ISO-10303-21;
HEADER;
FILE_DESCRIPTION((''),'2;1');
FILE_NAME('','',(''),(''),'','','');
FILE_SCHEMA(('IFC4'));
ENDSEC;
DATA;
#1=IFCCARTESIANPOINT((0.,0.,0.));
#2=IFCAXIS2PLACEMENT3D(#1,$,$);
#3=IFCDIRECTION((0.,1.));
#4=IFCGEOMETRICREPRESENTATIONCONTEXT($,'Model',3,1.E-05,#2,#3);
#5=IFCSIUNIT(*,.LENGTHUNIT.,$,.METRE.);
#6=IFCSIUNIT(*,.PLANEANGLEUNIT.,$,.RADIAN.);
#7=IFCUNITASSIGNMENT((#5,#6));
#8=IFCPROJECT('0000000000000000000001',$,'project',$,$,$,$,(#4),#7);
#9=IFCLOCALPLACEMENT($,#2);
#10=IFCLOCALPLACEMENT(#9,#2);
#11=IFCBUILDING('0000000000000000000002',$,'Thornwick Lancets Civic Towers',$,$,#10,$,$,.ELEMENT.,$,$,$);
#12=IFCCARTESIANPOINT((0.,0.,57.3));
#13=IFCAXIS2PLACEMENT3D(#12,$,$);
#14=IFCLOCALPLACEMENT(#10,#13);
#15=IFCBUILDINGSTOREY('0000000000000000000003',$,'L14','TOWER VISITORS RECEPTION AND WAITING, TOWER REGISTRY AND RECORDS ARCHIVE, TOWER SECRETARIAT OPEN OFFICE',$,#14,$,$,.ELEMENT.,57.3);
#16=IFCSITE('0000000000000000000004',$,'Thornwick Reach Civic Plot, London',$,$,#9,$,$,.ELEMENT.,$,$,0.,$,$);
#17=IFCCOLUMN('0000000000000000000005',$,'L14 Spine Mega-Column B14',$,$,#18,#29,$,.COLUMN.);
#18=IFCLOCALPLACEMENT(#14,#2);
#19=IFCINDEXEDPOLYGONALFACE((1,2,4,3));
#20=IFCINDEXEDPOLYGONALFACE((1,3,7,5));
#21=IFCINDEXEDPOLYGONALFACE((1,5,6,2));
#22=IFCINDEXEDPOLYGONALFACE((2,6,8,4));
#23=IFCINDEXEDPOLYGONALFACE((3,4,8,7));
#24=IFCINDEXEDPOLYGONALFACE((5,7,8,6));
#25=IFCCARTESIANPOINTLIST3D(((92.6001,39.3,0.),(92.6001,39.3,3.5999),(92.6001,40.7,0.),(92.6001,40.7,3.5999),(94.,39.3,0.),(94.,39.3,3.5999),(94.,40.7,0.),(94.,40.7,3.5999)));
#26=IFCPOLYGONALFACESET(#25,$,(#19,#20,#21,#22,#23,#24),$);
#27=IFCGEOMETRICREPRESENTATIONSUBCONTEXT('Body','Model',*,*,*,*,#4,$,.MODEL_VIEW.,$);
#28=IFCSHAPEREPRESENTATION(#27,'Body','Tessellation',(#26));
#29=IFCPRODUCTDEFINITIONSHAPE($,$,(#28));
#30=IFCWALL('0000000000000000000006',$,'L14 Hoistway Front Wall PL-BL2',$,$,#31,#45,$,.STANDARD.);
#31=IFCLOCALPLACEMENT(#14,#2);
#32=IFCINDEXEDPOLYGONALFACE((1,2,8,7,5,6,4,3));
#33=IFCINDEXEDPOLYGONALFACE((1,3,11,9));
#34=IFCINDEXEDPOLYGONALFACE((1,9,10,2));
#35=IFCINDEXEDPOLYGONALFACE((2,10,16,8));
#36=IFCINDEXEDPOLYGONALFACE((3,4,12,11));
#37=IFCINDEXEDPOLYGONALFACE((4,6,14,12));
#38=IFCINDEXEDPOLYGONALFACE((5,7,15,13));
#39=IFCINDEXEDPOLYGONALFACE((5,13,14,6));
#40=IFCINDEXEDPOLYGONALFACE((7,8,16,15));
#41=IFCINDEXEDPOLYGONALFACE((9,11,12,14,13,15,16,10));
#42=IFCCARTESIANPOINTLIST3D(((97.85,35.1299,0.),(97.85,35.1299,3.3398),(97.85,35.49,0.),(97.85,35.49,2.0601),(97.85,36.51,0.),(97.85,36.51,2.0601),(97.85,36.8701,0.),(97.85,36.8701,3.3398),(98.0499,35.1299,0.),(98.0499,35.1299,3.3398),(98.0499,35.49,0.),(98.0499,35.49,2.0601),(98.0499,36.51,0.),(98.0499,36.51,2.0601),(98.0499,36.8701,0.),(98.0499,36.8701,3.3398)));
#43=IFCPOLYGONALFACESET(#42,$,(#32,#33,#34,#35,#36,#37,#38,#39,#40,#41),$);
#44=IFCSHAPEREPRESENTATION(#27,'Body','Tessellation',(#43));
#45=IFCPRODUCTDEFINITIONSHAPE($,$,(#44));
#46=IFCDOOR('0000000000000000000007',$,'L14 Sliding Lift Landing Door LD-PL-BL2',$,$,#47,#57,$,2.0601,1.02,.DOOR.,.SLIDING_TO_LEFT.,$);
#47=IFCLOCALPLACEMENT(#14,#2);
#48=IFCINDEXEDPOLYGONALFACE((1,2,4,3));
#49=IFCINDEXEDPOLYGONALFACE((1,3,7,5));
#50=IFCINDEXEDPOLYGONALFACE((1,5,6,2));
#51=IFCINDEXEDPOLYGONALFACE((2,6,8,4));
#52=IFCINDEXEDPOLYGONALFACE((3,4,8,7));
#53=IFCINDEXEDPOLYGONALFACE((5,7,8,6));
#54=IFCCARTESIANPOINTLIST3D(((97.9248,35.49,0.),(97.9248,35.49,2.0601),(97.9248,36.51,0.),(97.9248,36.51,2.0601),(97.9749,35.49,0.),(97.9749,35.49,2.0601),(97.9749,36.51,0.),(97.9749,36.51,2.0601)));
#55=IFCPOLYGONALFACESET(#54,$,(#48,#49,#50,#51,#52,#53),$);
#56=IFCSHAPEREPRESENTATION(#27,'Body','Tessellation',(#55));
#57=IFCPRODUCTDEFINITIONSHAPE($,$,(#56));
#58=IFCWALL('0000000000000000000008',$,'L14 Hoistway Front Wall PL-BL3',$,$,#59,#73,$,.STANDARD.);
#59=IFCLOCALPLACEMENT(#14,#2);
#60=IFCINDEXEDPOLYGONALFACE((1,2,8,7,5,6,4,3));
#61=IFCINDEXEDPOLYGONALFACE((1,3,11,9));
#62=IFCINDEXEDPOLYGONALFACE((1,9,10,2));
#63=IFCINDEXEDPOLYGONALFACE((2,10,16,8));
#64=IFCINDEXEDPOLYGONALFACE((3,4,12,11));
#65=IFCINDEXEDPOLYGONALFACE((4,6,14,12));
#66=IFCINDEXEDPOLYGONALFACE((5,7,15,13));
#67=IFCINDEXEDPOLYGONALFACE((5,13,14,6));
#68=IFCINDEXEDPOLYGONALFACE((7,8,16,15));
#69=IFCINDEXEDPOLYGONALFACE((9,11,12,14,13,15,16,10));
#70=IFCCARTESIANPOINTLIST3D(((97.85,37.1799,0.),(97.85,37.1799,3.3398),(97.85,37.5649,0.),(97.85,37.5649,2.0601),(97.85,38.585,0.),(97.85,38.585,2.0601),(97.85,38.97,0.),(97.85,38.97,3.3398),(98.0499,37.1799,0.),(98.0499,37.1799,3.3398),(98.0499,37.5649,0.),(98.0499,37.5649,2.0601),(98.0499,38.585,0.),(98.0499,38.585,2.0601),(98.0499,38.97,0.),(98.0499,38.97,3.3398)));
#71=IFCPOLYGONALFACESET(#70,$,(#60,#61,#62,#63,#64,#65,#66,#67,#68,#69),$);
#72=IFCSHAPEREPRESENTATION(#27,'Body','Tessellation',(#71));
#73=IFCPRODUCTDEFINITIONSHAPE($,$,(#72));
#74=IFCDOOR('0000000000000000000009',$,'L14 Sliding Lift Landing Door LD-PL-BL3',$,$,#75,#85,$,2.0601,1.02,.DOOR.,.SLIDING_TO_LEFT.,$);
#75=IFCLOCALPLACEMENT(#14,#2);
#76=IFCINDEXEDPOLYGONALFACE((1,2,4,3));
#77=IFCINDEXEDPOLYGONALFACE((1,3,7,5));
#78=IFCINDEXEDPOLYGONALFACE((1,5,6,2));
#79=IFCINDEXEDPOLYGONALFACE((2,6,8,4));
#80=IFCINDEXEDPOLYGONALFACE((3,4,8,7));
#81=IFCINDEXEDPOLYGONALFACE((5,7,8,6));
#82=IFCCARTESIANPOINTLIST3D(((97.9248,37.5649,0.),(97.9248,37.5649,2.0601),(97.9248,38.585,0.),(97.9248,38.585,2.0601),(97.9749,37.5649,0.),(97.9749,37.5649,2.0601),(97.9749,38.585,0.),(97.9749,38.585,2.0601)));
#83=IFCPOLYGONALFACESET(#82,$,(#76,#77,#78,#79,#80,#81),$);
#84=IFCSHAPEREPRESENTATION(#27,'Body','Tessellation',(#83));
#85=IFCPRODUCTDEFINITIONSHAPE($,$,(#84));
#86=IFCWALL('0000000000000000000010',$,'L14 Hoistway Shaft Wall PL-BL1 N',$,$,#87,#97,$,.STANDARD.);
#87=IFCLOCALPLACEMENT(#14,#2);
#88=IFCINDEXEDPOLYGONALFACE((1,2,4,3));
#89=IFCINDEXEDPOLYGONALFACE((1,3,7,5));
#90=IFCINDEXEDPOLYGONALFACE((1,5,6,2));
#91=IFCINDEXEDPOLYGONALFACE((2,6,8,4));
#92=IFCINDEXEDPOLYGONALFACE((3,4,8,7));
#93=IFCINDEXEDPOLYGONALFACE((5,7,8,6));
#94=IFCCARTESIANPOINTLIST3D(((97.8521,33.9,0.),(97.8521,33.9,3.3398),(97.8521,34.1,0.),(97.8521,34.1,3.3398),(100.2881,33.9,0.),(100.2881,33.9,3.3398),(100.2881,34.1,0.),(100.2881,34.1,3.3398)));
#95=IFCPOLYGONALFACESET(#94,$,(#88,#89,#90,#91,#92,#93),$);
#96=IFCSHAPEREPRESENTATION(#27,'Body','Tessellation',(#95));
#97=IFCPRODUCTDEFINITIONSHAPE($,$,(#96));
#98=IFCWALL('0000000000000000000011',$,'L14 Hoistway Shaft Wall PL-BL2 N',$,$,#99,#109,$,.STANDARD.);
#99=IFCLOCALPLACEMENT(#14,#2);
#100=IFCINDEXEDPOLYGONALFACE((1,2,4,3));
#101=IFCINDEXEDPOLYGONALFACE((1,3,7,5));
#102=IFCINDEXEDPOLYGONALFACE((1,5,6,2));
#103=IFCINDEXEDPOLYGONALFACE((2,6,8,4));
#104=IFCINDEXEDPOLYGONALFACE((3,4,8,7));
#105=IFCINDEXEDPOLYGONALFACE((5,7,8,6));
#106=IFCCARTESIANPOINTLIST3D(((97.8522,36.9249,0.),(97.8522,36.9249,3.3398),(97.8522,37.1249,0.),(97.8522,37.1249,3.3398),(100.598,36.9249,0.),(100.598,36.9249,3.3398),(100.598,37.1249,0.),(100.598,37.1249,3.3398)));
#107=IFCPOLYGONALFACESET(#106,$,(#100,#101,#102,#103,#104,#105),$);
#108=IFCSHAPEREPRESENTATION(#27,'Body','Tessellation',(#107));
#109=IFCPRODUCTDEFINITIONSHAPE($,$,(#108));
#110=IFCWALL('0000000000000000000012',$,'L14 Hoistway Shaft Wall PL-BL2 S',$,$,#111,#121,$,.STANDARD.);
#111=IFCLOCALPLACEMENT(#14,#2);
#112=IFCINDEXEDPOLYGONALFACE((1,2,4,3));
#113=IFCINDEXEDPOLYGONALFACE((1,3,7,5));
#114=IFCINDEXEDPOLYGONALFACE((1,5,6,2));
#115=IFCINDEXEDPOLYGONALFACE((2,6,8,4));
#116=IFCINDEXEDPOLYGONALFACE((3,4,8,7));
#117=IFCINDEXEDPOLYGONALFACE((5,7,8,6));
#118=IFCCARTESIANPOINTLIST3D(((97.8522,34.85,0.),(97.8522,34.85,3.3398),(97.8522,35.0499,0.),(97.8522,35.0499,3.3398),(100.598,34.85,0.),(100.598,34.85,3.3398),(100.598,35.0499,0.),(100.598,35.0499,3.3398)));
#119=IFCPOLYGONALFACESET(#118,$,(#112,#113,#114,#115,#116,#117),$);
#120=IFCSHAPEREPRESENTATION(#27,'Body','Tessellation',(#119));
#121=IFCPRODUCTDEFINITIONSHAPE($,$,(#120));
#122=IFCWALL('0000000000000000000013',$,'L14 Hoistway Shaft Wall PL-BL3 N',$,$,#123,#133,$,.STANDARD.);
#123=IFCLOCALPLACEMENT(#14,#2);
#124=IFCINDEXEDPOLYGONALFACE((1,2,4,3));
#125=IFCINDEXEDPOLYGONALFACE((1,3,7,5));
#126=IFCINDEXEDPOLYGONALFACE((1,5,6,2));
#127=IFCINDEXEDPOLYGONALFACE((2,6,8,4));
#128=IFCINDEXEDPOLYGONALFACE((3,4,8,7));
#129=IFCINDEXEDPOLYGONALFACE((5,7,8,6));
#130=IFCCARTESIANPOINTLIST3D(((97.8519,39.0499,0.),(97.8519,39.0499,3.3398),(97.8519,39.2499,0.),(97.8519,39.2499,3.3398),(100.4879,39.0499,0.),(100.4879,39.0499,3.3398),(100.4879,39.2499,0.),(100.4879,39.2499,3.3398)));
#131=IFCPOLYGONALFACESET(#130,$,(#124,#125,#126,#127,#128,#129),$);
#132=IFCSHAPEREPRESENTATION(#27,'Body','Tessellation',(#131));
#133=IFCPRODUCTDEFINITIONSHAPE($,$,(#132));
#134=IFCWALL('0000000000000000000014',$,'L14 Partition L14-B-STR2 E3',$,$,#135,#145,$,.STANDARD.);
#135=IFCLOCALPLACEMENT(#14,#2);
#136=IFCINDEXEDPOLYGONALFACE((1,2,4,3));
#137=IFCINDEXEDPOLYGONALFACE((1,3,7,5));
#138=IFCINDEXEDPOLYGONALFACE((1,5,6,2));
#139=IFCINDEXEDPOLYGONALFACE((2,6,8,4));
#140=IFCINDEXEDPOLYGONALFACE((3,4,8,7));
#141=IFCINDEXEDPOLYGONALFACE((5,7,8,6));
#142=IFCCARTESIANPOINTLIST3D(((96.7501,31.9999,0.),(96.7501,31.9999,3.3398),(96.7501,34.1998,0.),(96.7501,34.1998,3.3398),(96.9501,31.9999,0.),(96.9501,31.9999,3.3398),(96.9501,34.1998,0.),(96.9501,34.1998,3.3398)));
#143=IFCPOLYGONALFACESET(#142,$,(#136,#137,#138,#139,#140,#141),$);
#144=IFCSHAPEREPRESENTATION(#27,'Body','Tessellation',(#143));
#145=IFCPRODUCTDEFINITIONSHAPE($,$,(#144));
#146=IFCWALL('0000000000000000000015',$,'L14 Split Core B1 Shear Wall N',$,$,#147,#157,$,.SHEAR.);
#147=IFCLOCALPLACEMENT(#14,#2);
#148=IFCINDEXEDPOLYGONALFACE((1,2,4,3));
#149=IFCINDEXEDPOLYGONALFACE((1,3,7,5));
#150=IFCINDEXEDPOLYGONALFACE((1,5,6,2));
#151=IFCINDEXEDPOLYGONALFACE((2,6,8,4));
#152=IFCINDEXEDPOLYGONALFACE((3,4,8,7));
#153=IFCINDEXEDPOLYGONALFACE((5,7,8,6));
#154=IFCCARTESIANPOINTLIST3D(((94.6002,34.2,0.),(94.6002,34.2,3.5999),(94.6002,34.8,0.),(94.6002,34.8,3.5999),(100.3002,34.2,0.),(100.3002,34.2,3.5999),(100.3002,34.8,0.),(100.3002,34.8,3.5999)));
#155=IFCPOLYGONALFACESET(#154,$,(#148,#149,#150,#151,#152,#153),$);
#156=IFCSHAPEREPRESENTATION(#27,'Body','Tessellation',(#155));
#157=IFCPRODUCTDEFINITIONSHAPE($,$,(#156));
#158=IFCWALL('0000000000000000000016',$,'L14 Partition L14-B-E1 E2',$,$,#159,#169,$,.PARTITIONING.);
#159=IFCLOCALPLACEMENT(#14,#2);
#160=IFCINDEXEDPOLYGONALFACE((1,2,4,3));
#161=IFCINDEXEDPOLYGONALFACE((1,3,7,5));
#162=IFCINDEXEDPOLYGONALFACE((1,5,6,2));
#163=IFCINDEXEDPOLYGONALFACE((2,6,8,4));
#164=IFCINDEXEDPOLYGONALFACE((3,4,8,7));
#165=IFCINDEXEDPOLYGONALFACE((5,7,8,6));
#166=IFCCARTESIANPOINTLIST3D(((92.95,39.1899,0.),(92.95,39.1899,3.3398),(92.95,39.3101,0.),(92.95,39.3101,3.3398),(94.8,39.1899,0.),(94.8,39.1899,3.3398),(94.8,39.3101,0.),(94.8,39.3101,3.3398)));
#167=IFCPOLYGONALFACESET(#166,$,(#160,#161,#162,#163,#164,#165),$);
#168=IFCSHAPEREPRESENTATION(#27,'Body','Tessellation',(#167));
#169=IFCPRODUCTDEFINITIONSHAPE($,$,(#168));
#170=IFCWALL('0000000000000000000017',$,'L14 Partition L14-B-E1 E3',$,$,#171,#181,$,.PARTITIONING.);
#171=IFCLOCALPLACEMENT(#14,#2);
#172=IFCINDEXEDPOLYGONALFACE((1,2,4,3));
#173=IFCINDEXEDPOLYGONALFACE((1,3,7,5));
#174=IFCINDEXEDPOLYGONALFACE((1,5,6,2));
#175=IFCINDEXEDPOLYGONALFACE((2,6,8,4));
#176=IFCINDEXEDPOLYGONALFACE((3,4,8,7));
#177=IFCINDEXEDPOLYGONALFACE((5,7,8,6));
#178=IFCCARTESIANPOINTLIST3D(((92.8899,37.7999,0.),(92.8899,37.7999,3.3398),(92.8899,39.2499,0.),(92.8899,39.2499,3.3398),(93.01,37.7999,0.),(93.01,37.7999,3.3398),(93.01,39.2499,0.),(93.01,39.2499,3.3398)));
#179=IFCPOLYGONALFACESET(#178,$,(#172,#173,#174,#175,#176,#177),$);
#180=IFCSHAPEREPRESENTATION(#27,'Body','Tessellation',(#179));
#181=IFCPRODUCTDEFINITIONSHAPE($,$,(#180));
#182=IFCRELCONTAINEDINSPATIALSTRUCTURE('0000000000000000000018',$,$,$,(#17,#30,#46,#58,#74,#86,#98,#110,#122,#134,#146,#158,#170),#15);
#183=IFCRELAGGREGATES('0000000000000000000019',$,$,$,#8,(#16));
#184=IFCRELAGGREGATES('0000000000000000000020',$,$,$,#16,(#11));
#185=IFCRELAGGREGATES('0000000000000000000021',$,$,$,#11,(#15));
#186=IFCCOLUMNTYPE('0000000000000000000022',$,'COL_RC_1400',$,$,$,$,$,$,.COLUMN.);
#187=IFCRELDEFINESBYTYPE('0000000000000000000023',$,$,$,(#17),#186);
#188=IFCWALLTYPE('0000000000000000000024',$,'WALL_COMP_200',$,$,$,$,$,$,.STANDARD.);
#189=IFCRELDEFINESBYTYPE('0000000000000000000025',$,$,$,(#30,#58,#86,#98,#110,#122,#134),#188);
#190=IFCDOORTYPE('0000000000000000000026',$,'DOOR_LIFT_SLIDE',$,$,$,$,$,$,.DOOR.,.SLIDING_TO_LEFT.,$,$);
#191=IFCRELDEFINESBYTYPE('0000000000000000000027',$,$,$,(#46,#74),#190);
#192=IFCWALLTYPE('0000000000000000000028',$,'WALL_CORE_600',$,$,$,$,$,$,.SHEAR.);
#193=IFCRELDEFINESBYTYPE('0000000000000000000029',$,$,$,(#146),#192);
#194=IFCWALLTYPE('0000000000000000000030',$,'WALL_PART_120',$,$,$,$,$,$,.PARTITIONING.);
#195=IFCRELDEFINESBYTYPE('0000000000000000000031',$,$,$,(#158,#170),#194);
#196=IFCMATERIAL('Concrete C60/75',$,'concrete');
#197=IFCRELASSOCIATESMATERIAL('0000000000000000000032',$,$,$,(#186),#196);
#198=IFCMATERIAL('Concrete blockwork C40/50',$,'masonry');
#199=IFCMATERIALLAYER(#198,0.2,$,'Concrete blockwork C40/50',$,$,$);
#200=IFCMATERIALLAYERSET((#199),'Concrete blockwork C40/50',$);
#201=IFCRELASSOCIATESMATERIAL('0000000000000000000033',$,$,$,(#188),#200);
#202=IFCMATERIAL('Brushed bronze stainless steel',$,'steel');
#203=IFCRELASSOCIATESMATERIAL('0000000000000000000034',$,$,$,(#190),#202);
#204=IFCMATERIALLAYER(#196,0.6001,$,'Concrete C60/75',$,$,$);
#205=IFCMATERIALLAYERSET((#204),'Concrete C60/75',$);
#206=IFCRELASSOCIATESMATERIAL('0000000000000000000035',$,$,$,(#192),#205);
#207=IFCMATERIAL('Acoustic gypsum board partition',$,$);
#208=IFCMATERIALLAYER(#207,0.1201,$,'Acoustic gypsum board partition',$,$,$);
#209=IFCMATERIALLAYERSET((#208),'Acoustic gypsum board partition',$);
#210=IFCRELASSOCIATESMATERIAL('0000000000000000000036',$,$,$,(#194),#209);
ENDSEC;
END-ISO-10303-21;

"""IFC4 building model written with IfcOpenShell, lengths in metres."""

from ifc_helpers import new_model, si_unit, direction, frame, frame_2d, origin, origin_2d, place, context, subcontext, project, spatial, rectangle, extrude, material, layer, layer_set, material_profile, profile_set, type_object, element, fill, save


model = new_model("IFC4")

# Units and contexts
model_context = context("Model", 3, precision=1e-05, world=origin(), true_north=direction((0.0, 1.0)))
body_context = subcontext(model_context, "Body", "Model", "MODEL_VIEW")
ifc_project = project(units=[si_unit("LENGTHUNIT", "METRE"), si_unit("PLANEANGLEUNIT", "RADIAN")], contexts=[model_context])

# Site, building, storey
site_placement = place(None, origin())
site = spatial("IfcSite", under=ifc_project, at=site_placement, Name="Thornwick Reach Civic Plot, London", CompositionType="ELEMENT", RefElevation=0.0)
building_placement = place(site_placement, origin())
building = spatial("IfcBuilding", under=site, at=building_placement, Name="Thornwick Lancets Civic Towers", CompositionType="ELEMENT")
storey_placement = place(building_placement, frame((0.0, 0.0, 57.3)))
storey = spatial("IfcBuildingStorey", under=building, at=storey_placement, Name="L14", Description="TOWER VISITORS RECEPTION AND WAITING, TOWER REGISTRY AND RECORDS ARCHIVE, TOWER SECRETARIAT OPEN OFFICE", CompositionType="ELEMENT", Elevation=57.3)

# Column
ifc_material_1 = material(Name="Concrete C60/75", Category="concrete")
ifc_material_profile = material_profile(ifc_material_1, rectangle(XDim=1.3999, YDim=1.3999, at=origin_2d()), Name="RC 1400x1400")
ifc_profile_set = profile_set([ifc_material_profile], Name="Concrete C60/75")
column_type = type_object("IfcColumnType", Name="COL_RC_1400", PredefinedType="COLUMN", material=ifc_profile_set)
column_placement = place(storey_placement, frame((93.3, 40.0, 0.0), z_axis=(0.0, 0.0, 1.0), x_axis=(1.0, 0.0, 0.0)))
element("IfcColumn", 1, at=column_placement, inside=storey, type_object=column_type, Name="L14 Spine Mega-Column B14", PredefinedType="COLUMN", context=body_context, shape_type="SweptSolid", body=[
    extrude(rectangle(XDim=1.3999, YDim=1.3999, at=origin_2d()), origin(), (0.0, 0.0, 1.0), 3.5999),
])

# Walls, openings, doors
ifc_material_2 = material(Name="Concrete blockwork C40/50", Category="masonry")
ifc_layer_1 = layer(ifc_material_2, 0.2, Name="Concrete blockwork C40/50")
ifc_layer_set_1 = layer_set([ifc_layer_1], Name="Concrete blockwork C40/50")
wall_type_1 = type_object("IfcWallType", Name="WALL_COMP_200", PredefinedType="STANDARD", material=ifc_layer_set_1)
wall_1_placement = place(storey_placement, frame((97.95, 36.8701, 0.0), z_axis=(0.0, 0.0, 1.0), x_axis=(0.0, -1.0, 0.0)))
wall_1 = element("IfcWall", 2, at=wall_1_placement, inside=storey, type_object=wall_type_1, Name="L14 Hoistway Front Wall PL-BL2", PredefinedType="STANDARD", context=body_context, shape_type="SweptSolid", body=[
    extrude(rectangle(XDim=1.7402, YDim=0.2, at=frame_2d((0.8701, 0.0))), origin(), (0.0, 0.0, 1.0), 3.3398),
])
opening_1_placement = place(wall_1_placement, frame((0.3601, 0.0, 0.0)))
opening_1 = element("IfcOpeningElement", 3, at=opening_1_placement, cuts=wall_1, PredefinedType="OPENING", context=body_context, shape_type="SweptSolid", body=[
    extrude(rectangle(XDim=1.02, YDim=2.0601, at=frame_2d((0.51, 1.03))), frame((0.0, 0.1099, 0.0), z_axis=(0.0, -1.0, 0.0), x_axis=(1.0, 0.0, 0.0)), (0.0, 0.0, 1.0), 0.22),
])
ifc_material_3 = material(Name="Brushed bronze stainless steel", Category="steel")
door_type_1 = type_object("IfcDoorType", Name="DOOR_LIFT_SLIDE", OperationType="SLIDING_TO_LEFT", PredefinedType="DOOR", material=ifc_material_3)
door_1_placement = place(opening_1_placement, origin())
door_1 = element("IfcDoor", 4, at=door_1_placement, inside=storey, type_object=door_type_1, Name="L14 Sliding Lift Landing Door LD-PL-BL2", OperationType="SLIDING_TO_LEFT", OverallHeight=2.0601, OverallWidth=1.02, PredefinedType="DOOR", context=body_context, shape_type="SweptSolid", body=[
    extrude(rectangle(XDim=1.02, YDim=2.0601, at=frame_2d((0.51, 1.03))), frame((0.0, 0.0249, 0.0), z_axis=(0.0, -1.0, 0.0), x_axis=(1.0, 0.0, 0.0)), (0.0, 0.0, 1.0), 0.05),
])
fill(opening_1, door_1)
wall_2_placement = place(storey_placement, frame((97.95, 38.97, 0.0), z_axis=(0.0, 0.0, 1.0), x_axis=(0.0, -1.0, 0.0)))
wall_2 = element("IfcWall", 5, at=wall_2_placement, inside=storey, type_object=wall_type_1, Name="L14 Hoistway Front Wall PL-BL3", PredefinedType="STANDARD", context=body_context, shape_type="SweptSolid", body=[
    extrude(rectangle(XDim=1.79, YDim=0.2, at=frame_2d((0.895, 0.0))), origin(), (0.0, 0.0, 1.0), 3.3398),
])
opening_2_placement = place(wall_2_placement, frame((0.385, 0.0, 0.0)))
opening_2 = element("IfcOpeningElement", 6, at=opening_2_placement, cuts=wall_2, PredefinedType="OPENING", context=body_context, shape_type="SweptSolid", body=[
    extrude(rectangle(XDim=1.02, YDim=2.0601, at=frame_2d((0.51, 1.03))), frame((0.0, 0.1099, 0.0), z_axis=(0.0, -1.0, 0.0), x_axis=(1.0, 0.0, 0.0)), (0.0, 0.0, 1.0), 0.22),
])
door_2_placement = place(opening_2_placement, origin())
door_2 = element("IfcDoor", 7, at=door_2_placement, inside=storey, type_object=door_type_1, Name="L14 Sliding Lift Landing Door LD-PL-BL3", OperationType="SLIDING_TO_LEFT", OverallHeight=2.0601, OverallWidth=1.02, PredefinedType="DOOR", context=body_context, shape_type="SweptSolid", body=[
    extrude(rectangle(XDim=1.02, YDim=2.0601, at=frame_2d((0.51, 1.03))), frame((0.0, 0.0249, 0.0), z_axis=(0.0, -1.0, 0.0), x_axis=(1.0, 0.0, 0.0)), (0.0, 0.0, 1.0), 0.05),
])
fill(opening_2, door_2)

# Walls
wall_3_placement = place(storey_placement, frame((97.8521, 34.0, 0.0), z_axis=(0.0, 0.0, 1.0), x_axis=(1.0, 0.0, 0.0)))
element("IfcWall", 8, at=wall_3_placement, inside=storey, type_object=wall_type_1, Name="L14 Hoistway Shaft Wall PL-BL1 N", PredefinedType="STANDARD", context=body_context, shape_type="SweptSolid", body=[
    extrude(rectangle(XDim=2.436, YDim=0.2, at=frame_2d((1.218, 0.0))), origin(), (0.0, 0.0, 1.0), 3.3398),
])
for number, where, z_axis, x_axis, name in (
    (9, (97.8521, 37.0249, 0.0), (0.0, 0.0, 1.0), (1.0, 0.0, 0.0), "L14 Hoistway Shaft Wall PL-BL2 N"),
    (10, (97.8521, 34.95, 0.0), (0.0, 0.0, 1.0), (1.0, 0.0, 0.0), "L14 Hoistway Shaft Wall PL-BL2 S"),
):
    element("IfcWall", number, at=place(storey_placement, frame(where, z_axis=z_axis, x_axis=x_axis)), inside=storey, type_object=wall_type_1, Name=name, PredefinedType="STANDARD", context=body_context, shape_type="SweptSolid", body=[
        extrude(rectangle(XDim=2.7458, YDim=0.2, at=frame_2d((1.373, 0.0))), origin(), (0.0, 0.0, 1.0), 3.3398),
    ])
wall_4_placement = place(storey_placement, frame((97.8521, 39.1499, 0.0), z_axis=(0.0, 0.0, 1.0), x_axis=(1.0, 0.0, 0.0)))
element("IfcWall", 11, at=wall_4_placement, inside=storey, type_object=wall_type_1, Name="L14 Hoistway Shaft Wall PL-BL3 N", PredefinedType="STANDARD", context=body_context, shape_type="SweptSolid", body=[
    extrude(rectangle(XDim=2.636, YDim=0.2, at=frame_2d((1.3179, 0.0))), origin(), (0.0, 0.0, 1.0), 3.3398),
])
wall_5_placement = place(storey_placement, frame((96.8501, 34.2, 0.0), z_axis=(0.0, 0.0, 1.0), x_axis=(0.0, -1.0, 0.0)))
element("IfcWall", 12, at=wall_5_placement, inside=storey, type_object=wall_type_1, Name="L14 Partition L14-B-STR2 E3", PredefinedType="STANDARD", context=body_context, shape_type="SweptSolid", body=[
    extrude(rectangle(XDim=2.2, YDim=0.2, at=frame_2d((1.1001, 0.0))), origin(), (0.0, 0.0, 1.0), 3.3398),
])
ifc_layer_2 = layer(ifc_material_1, 0.6001, Name="Concrete C60/75")
ifc_layer_set_2 = layer_set([ifc_layer_2], Name="Concrete C60/75")
wall_type_2 = type_object("IfcWallType", Name="WALL_CORE_600", PredefinedType="SHEAR", material=ifc_layer_set_2)
wall_6_placement = place(storey_placement, frame((94.6001, 34.5, 0.0), z_axis=(0.0, 0.0, 1.0), x_axis=(1.0, 0.0, 0.0)))
element("IfcWall", 13, at=wall_6_placement, inside=storey, type_object=wall_type_2, Name="L14 Split Core B1 Shear Wall N", PredefinedType="SHEAR", context=body_context, shape_type="SweptSolid", body=[
    extrude(rectangle(XDim=5.7, YDim=0.6001, at=frame_2d((2.8501, 0.0))), origin(), (0.0, 0.0, 1.0), 3.5999),
])
ifc_material_4 = material(Name="Acoustic gypsum board partition")
ifc_layer_3 = layer(ifc_material_4, 0.1201, Name="Acoustic gypsum board partition")
ifc_layer_set_3 = layer_set([ifc_layer_3], Name="Acoustic gypsum board partition")
wall_type_3 = type_object("IfcWallType", Name="WALL_PART_120", PredefinedType="PARTITIONING", material=ifc_layer_set_3)
wall_7_placement = place(storey_placement, frame((94.8, 39.25, 0.0), z_axis=(0.0, 0.0, 1.0), x_axis=(-1.0, 0.0, 0.0)))
element("IfcWall", 14, at=wall_7_placement, inside=storey, type_object=wall_type_3, Name="L14 Partition L14-B-E1 E2", PredefinedType="PARTITIONING", context=body_context, shape_type="SweptSolid", body=[
    extrude(rectangle(XDim=1.8501, YDim=0.1201, at=frame_2d((0.925, 0.0))), origin(), (0.0, 0.0, 1.0), 3.3398),
])
wall_8_placement = place(storey_placement, frame((92.95, 39.25, 0.0), z_axis=(0.0, 0.0, 1.0), x_axis=(0.0, -1.0, 0.0)))
element("IfcWall", 15, at=wall_8_placement, inside=storey, type_object=wall_type_3, Name="L14 Partition L14-B-E1 E3", PredefinedType="PARTITIONING", context=body_context, shape_type="SweptSolid", body=[
    extrude(rectangle(XDim=1.45, YDim=0.1201, at=frame_2d((0.7251, 0.0))), origin(), (0.0, 0.0, 1.0), 3.3398),
])

save(model, "model.ifc")
